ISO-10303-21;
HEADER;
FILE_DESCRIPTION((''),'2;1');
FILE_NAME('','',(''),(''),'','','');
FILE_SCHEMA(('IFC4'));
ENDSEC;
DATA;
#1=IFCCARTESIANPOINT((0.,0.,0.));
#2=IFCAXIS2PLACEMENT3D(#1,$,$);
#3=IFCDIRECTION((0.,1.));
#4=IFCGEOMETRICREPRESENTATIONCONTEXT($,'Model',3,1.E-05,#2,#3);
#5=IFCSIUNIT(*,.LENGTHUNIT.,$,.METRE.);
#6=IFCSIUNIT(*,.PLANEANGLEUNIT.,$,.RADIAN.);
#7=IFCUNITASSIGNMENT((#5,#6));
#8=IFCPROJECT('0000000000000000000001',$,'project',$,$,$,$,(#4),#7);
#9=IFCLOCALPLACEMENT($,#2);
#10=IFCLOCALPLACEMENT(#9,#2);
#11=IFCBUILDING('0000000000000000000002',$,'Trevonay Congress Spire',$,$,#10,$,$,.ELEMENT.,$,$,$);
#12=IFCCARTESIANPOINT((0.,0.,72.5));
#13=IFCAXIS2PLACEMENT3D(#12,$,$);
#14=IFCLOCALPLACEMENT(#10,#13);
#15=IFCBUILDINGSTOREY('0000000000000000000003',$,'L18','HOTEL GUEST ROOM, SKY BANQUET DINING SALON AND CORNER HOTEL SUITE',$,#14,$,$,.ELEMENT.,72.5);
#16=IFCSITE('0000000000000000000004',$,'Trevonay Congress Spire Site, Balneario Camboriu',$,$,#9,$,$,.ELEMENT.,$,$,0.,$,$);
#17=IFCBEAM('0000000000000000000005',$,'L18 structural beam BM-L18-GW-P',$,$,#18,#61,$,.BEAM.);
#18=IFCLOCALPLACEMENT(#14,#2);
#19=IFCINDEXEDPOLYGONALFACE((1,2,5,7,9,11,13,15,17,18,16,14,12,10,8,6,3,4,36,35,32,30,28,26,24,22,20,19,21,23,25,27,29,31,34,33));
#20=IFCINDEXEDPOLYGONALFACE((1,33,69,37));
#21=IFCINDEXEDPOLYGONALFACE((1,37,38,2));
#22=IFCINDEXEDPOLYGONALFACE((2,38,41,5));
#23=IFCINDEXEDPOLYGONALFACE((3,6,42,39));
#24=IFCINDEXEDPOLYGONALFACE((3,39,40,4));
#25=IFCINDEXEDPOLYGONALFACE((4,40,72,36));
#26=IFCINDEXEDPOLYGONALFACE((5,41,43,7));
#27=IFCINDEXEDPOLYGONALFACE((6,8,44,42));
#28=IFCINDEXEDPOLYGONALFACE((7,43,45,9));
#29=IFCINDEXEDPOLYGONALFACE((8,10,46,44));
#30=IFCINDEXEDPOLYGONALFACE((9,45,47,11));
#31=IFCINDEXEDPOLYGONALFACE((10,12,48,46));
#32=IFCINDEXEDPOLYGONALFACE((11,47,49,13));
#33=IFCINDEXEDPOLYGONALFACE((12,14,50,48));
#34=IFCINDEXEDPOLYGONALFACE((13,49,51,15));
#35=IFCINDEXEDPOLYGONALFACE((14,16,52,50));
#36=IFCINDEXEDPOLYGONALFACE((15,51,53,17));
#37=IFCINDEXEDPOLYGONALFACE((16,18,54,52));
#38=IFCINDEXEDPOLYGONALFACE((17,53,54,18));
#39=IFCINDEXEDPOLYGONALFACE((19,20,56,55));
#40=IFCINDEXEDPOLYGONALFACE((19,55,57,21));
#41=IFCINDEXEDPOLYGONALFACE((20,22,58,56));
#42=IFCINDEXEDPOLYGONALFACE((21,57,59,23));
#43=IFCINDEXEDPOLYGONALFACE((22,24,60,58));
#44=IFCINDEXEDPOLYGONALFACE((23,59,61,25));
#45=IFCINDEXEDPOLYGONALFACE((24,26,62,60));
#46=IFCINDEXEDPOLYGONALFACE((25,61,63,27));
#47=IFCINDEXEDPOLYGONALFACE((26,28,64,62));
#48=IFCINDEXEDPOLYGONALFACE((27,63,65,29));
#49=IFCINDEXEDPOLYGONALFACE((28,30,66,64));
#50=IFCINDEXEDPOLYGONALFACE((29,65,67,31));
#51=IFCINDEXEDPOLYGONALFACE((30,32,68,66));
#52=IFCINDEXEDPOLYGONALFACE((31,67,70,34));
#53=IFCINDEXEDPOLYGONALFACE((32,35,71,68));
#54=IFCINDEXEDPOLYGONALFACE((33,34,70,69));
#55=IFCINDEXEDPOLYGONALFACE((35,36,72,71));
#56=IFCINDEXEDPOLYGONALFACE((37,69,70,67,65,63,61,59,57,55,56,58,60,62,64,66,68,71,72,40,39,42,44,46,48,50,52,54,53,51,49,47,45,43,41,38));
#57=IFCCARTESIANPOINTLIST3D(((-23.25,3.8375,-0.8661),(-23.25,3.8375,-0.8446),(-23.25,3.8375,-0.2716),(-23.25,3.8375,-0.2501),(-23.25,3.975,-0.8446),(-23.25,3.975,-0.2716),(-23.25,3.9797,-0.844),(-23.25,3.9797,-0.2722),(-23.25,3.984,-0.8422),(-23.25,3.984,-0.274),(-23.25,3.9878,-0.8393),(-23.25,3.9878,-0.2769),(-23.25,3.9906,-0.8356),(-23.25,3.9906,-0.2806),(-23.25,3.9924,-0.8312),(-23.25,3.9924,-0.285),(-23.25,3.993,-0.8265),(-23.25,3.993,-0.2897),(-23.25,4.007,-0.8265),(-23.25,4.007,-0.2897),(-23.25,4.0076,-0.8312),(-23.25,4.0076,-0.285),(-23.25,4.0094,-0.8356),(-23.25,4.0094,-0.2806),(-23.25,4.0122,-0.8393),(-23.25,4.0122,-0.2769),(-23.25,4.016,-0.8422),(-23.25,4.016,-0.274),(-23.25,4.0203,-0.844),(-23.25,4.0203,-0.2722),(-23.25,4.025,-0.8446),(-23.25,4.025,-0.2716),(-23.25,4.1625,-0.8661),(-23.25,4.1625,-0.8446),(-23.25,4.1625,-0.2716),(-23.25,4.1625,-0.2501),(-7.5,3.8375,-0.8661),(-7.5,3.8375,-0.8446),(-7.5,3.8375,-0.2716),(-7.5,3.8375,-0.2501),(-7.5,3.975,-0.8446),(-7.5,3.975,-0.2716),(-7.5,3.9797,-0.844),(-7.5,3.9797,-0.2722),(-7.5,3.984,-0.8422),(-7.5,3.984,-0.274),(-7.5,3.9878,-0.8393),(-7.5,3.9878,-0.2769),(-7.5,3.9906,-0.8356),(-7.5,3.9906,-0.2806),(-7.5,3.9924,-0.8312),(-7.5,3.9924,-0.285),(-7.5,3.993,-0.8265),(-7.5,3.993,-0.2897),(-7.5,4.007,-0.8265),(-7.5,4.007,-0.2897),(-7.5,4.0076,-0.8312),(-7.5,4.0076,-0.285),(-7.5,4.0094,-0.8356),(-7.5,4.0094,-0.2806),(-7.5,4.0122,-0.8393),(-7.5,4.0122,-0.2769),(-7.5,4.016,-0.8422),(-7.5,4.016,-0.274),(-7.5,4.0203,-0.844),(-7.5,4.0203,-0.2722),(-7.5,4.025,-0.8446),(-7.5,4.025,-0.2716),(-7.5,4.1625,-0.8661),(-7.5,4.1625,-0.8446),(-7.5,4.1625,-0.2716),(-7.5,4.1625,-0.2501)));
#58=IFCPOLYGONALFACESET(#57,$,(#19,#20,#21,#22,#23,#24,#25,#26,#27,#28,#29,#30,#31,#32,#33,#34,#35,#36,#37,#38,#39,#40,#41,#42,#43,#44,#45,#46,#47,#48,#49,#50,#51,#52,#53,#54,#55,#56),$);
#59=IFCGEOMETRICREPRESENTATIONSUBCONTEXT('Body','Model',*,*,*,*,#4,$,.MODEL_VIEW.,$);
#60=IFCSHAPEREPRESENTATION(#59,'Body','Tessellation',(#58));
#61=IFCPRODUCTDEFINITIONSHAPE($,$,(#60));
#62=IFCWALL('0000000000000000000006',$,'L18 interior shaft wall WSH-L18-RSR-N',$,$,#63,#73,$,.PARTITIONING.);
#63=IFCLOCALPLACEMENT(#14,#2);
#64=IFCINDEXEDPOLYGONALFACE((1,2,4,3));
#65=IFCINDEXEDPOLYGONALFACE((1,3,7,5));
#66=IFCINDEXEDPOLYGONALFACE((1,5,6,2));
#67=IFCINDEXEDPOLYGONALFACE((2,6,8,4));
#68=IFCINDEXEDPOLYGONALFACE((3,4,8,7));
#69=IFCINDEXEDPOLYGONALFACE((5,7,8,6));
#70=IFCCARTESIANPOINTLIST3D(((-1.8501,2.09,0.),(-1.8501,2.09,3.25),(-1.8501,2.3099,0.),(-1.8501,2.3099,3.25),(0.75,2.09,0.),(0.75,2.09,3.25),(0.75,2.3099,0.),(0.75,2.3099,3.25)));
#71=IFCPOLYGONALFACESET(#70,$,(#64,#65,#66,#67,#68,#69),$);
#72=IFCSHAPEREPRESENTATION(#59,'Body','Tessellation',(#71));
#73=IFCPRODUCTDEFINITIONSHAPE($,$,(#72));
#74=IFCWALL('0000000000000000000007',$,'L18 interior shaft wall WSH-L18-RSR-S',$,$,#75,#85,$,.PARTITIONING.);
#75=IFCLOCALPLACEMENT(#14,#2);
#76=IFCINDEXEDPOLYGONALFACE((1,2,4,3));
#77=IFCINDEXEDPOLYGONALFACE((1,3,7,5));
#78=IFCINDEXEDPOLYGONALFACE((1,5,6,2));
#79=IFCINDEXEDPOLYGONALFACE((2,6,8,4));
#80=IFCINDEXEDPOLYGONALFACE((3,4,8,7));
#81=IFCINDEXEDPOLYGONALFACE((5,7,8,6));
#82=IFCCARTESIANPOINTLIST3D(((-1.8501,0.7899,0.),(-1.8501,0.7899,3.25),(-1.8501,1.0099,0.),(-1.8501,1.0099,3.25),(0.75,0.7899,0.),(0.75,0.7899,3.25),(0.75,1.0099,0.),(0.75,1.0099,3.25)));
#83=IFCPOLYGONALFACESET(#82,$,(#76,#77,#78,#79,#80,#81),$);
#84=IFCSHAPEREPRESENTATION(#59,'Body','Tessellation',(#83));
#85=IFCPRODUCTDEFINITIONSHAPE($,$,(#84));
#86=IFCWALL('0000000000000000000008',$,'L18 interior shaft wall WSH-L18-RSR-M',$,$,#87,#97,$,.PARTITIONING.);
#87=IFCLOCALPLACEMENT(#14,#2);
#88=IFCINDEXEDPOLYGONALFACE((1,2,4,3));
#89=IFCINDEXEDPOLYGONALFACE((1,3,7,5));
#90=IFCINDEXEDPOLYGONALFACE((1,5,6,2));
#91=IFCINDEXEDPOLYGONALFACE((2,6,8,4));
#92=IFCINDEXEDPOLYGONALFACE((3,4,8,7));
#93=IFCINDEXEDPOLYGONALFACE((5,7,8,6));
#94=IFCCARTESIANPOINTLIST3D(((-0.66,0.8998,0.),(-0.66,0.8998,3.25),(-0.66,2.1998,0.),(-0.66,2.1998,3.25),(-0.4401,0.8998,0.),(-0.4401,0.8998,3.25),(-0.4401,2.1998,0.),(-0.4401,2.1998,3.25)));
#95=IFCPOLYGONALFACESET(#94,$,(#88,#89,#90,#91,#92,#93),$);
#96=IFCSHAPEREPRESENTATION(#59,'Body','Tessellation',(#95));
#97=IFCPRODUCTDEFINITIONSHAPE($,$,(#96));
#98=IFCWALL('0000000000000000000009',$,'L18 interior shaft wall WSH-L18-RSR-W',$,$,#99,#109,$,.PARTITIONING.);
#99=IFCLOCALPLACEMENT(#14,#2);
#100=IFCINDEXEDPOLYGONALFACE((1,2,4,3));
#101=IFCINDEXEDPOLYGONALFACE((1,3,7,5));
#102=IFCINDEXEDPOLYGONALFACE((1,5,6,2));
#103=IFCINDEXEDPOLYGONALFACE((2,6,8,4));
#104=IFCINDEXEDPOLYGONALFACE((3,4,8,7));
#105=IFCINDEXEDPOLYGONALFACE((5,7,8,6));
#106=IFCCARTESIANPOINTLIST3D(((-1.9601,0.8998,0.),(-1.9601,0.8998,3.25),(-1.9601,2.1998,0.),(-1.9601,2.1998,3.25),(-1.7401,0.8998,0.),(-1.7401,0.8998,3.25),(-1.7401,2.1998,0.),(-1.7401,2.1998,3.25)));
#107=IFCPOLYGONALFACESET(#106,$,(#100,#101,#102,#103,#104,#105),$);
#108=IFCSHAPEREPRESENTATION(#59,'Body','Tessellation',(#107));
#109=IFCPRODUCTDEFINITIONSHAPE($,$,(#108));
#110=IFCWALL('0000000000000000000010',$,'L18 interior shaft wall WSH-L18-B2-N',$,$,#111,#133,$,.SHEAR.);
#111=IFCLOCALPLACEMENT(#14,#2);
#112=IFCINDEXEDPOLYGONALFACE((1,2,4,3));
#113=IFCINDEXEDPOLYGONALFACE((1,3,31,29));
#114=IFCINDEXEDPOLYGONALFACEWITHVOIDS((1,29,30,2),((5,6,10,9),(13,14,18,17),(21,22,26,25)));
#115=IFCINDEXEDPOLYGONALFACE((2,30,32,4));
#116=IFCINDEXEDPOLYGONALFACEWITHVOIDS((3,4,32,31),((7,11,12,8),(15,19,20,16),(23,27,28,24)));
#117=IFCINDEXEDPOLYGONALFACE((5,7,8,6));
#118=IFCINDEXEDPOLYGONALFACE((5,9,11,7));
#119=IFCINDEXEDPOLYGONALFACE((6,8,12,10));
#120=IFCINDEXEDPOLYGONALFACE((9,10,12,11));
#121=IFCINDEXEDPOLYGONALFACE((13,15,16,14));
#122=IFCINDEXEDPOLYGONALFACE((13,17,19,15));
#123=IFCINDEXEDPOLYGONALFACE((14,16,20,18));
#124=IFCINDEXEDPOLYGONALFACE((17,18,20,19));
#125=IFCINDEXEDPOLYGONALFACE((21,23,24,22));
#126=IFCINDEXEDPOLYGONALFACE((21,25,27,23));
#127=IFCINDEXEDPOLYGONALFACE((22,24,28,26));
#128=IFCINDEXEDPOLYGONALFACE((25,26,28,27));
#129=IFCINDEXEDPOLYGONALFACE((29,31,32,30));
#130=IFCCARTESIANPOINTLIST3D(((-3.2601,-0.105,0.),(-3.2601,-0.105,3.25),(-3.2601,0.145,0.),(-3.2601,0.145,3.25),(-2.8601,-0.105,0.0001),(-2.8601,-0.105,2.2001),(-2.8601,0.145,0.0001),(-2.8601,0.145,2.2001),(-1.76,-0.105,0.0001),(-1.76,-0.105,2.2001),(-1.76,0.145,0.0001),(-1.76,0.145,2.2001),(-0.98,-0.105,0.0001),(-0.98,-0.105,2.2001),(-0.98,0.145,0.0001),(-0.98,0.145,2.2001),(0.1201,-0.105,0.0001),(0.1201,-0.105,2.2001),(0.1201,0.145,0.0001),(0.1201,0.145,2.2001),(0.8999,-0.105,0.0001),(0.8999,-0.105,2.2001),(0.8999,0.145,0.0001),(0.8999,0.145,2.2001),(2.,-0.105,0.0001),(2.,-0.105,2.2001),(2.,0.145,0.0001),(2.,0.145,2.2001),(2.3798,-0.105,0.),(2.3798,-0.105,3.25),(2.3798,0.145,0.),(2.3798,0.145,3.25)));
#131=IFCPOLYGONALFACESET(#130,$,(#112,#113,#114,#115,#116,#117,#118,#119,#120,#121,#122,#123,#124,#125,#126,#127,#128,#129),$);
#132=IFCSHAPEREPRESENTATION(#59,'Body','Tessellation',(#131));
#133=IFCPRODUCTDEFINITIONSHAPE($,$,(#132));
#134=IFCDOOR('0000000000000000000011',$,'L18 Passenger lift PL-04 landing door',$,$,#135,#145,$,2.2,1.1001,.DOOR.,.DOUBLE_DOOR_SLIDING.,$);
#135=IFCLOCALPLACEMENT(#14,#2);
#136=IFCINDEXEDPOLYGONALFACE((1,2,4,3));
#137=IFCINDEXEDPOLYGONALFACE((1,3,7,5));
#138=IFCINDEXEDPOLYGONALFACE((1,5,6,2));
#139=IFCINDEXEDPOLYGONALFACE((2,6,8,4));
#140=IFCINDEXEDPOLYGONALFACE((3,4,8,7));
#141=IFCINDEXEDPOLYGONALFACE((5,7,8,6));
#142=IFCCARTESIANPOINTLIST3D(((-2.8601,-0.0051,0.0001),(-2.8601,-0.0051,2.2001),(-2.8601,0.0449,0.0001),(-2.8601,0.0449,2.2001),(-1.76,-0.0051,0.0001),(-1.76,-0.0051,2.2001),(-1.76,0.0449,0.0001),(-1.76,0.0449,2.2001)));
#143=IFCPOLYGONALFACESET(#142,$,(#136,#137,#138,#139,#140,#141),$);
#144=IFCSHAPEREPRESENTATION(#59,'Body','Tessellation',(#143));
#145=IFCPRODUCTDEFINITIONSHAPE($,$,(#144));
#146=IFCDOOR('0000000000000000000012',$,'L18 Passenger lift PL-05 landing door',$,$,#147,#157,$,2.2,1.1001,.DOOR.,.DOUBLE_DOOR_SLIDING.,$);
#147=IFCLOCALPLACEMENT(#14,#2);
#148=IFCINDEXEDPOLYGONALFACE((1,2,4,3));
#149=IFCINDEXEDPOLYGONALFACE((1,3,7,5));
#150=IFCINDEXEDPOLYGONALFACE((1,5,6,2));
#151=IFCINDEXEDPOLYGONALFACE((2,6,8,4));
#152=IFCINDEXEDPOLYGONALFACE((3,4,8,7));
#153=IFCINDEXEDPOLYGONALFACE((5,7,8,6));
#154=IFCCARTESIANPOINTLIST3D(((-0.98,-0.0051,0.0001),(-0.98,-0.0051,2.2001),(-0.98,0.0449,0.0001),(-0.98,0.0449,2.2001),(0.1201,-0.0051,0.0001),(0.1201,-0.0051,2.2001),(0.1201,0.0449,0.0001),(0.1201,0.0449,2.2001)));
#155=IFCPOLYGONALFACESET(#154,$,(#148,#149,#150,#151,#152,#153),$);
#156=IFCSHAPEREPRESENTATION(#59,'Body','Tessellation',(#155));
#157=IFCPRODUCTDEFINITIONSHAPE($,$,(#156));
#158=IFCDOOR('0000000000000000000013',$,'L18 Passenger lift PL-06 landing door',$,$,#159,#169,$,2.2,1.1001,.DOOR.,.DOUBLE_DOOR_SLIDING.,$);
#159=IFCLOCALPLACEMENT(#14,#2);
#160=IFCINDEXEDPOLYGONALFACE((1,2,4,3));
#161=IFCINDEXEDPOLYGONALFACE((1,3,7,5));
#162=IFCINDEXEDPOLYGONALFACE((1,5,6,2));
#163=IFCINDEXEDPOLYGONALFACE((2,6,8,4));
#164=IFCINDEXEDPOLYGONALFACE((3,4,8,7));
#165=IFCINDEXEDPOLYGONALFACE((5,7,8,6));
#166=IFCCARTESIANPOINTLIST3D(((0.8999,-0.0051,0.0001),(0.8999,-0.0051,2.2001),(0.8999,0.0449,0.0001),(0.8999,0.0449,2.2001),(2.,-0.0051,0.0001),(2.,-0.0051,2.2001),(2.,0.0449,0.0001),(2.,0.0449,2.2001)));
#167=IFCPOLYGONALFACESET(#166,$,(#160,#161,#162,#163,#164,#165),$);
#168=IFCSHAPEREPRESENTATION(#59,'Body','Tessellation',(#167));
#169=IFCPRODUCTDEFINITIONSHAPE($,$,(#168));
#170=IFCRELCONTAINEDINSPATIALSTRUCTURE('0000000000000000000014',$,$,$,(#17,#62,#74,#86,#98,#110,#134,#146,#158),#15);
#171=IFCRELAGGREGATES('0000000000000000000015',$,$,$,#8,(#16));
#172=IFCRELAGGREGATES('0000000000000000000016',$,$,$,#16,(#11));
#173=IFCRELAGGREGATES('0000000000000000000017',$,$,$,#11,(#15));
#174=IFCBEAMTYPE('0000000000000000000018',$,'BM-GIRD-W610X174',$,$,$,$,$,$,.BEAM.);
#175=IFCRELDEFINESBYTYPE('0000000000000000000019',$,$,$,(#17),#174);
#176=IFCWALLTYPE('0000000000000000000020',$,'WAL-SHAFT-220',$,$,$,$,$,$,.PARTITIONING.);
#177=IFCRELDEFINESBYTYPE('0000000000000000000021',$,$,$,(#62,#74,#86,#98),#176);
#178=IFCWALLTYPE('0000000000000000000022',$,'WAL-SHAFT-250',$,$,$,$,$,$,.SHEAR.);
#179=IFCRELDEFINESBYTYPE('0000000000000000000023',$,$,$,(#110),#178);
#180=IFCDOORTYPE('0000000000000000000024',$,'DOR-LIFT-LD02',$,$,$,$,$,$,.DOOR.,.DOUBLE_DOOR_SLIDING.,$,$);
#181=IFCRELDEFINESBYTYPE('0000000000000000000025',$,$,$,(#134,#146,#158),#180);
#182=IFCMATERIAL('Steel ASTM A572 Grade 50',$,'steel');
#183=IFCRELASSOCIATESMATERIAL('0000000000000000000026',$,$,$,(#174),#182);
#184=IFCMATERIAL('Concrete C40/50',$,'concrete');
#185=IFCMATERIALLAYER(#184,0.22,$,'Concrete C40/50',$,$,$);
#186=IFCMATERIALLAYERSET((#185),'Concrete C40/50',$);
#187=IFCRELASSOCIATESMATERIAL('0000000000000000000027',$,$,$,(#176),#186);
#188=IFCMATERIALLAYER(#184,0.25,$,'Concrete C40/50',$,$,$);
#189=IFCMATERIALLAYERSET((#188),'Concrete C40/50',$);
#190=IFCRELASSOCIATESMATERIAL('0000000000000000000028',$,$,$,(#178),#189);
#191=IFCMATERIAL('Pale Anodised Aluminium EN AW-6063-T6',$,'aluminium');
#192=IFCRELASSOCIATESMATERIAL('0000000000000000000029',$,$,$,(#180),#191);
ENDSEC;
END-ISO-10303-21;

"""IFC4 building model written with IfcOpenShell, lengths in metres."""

from ifc_helpers import new_model, si_unit, direction, frame, frame_2d, origin, origin_2d, place, context, subcontext, project, spatial, rectangle, i_section, extrude, material, layer, layer_set, material_profile, profile_set, type_object, element, fill, save


model = new_model("IFC4")

# Units and contexts
model_context = context("Model", 3, precision=1e-05, world=origin(), true_north=direction((0.0, 1.0)))
body_context = subcontext(model_context, "Body", "Model", "MODEL_VIEW")
ifc_project = project(units=[si_unit("LENGTHUNIT", "METRE"), si_unit("PLANEANGLEUNIT", "RADIAN")], contexts=[model_context])

# Site, building, storey
site_placement = place(None, origin())
site = spatial("IfcSite", under=ifc_project, at=site_placement, Name="Trevonay Congress Spire Site, Balneario Camboriu", CompositionType="ELEMENT", RefElevation=0.0)
building_placement = place(site_placement, origin())
building = spatial("IfcBuilding", under=site, at=building_placement, Name="Trevonay Congress Spire", CompositionType="ELEMENT")
storey_placement = place(building_placement, frame((0.0, 0.0, 72.5)))
storey = spatial("IfcBuildingStorey", under=building, at=storey_placement, Name="L18", Description="HOTEL GUEST ROOM, SKY BANQUET DINING SALON AND CORNER HOTEL SUITE", CompositionType="ELEMENT", Elevation=72.5)

# Beam
ifc_material_1 = material(Name="Steel ASTM A572 Grade 50", Category="steel")
ifc_material_profile = material_profile(ifc_material_1, i_section(OverallWidth=0.325, OverallDepth=0.616, WebThickness=0.0139, FlangeThickness=0.0215, FilletRadius=0.0181, at=origin_2d()), Name="W610x174")
ifc_profile_set = profile_set([ifc_material_profile], Name="Steel ASTM A572 Grade 50")
beam_type = type_object("IfcBeamType", Name="BM-GIRD-W610X174", PredefinedType="BEAM", material=ifc_profile_set)
beam_placement = place(storey_placement, frame((-7.5, 4.0, -0.5581), z_axis=(-1.0, 0.0, 0.0), x_axis=(0.0, -1.0, 0.0)))
element("IfcBeam", 1, at=beam_placement, inside=storey, type_object=beam_type, Name="L18 structural beam BM-L18-GW-P", PredefinedType="BEAM", context=body_context, shape_type="SweptSolid", body=[
    extrude(i_section(OverallWidth=0.325, OverallDepth=0.616, WebThickness=0.0139, FlangeThickness=0.0215, FilletRadius=0.0181, at=origin_2d()), origin(), (0.0, 0.0, 1.0), 15.75),
])

# Walls
ifc_material_2 = material(Name="Concrete C40/50", Category="concrete")
ifc_layer_1 = layer(ifc_material_2, 0.22, Name="Concrete C40/50")
ifc_layer_set_1 = layer_set([ifc_layer_1], Name="Concrete C40/50")
wall_type_1 = type_object("IfcWallType", Name="WAL-SHAFT-220", PredefinedType="PARTITIONING", material=ifc_layer_set_1)
for number, where, z_axis, x_axis, name in (
    (2, (-1.8501, 2.2, 0.0), (0.0, 0.0, 1.0), (1.0, 0.0, 0.0), "L18 interior shaft wall WSH-L18-RSR-N"),
    (3, (-1.8501, 0.8999, 0.0), (0.0, 0.0, 1.0), (1.0, 0.0, 0.0), "L18 interior shaft wall WSH-L18-RSR-S"),
):
    element("IfcWall", number, at=place(storey_placement, frame(where, z_axis=z_axis, x_axis=x_axis)), inside=storey, type_object=wall_type_1, Name=name, PredefinedType="PARTITIONING", context=body_context, shape_type="SweptSolid", body=[
        extrude(rectangle(XDim=2.6001, YDim=0.22, at=frame_2d((1.3, 0.0))), origin(), (0.0, 0.0, 1.0), 3.25),
    ])
for number, where, z_axis, x_axis, name in (
    (4, (-0.55, 0.8999, 0.0), (0.0, 0.0, 1.0), (0.0, 1.0, 0.0), "L18 interior shaft wall WSH-L18-RSR-M"),
    (5, (-1.8501, 0.8999, 0.0), (0.0, 0.0, 1.0), (0.0, 1.0, 0.0), "L18 interior shaft wall WSH-L18-RSR-W"),
):
    element("IfcWall", number, at=place(storey_placement, frame(where, z_axis=z_axis, x_axis=x_axis)), inside=storey, type_object=wall_type_1, Name=name, PredefinedType="PARTITIONING", context=body_context, shape_type="SweptSolid", body=[
        extrude(rectangle(XDim=1.3, YDim=0.22, at=frame_2d((0.6499, 0.0))), origin(), (0.0, 0.0, 1.0), 3.25),
    ])

# Wall, openings, doors
ifc_layer_2 = layer(ifc_material_2, 0.25, Name="Concrete C40/50")
ifc_layer_set_2 = layer_set([ifc_layer_2], Name="Concrete C40/50")
wall_type_2 = type_object("IfcWallType", Name="WAL-SHAFT-250", PredefinedType="SHEAR", material=ifc_layer_set_2)
wall_1_placement = place(storey_placement, frame((-3.26, 0.02, 0.0), z_axis=(0.0, 0.0, 1.0), x_axis=(1.0, 0.0, 0.0)))
wall_1 = element("IfcWall", 6, at=wall_1_placement, inside=storey, type_object=wall_type_2, Name="L18 interior shaft wall WSH-L18-B2-N", PredefinedType="SHEAR", context=body_context, shape_type="SweptSolid", body=[
    extrude(rectangle(XDim=5.6399, YDim=0.25, at=frame_2d((2.8198, 0.0))), origin(), (0.0, 0.0, 1.0), 3.25),
])
opening_1_placement = place(wall_1_placement, frame((0.3999, 0.0, 0.0)))
opening_1 = element("IfcOpeningElement", 7, at=opening_1_placement, cuts=wall_1, PredefinedType="OPENING", context=body_context, shape_type="SweptSolid", body=[
    extrude(rectangle(XDim=1.1001, YDim=2.2, at=frame_2d((0.55, 1.1001))), frame((0.0, 0.135, 0.0), z_axis=(0.0, -1.0, 0.0), x_axis=(1.0, 0.0, 0.0)), (0.0, 0.0, 1.0), 0.27),
])
opening_2_placement = place(wall_1_placement, frame((2.28, 0.0, 0.0)))
opening_2 = element("IfcOpeningElement", 8, at=opening_2_placement, cuts=wall_1, PredefinedType="OPENING", context=body_context, shape_type="SweptSolid", body=[
    extrude(rectangle(XDim=1.1001, YDim=2.2, at=frame_2d((0.55, 1.1001))), frame((0.0, 0.135, 0.0), z_axis=(0.0, -1.0, 0.0), x_axis=(1.0, 0.0, 0.0)), (0.0, 0.0, 1.0), 0.27),
])
opening_3_placement = place(wall_1_placement, frame((4.1599, 0.0, 0.0)))
opening_3 = element("IfcOpeningElement", 9, at=opening_3_placement, cuts=wall_1, PredefinedType="OPENING", context=body_context, shape_type="SweptSolid", body=[
    extrude(rectangle(XDim=1.1001, YDim=2.2, at=frame_2d((0.55, 1.1001))), frame((0.0, 0.135, 0.0), z_axis=(0.0, -1.0, 0.0), x_axis=(1.0, 0.0, 0.0)), (0.0, 0.0, 1.0), 0.27),
])
ifc_material_3 = material(Name="Pale Anodised Aluminium EN AW-6063-T6", Category="aluminium")
door_type_1 = type_object("IfcDoorType", Name="DOR-LIFT-LD02", OperationType="DOUBLE_DOOR_SLIDING", PredefinedType="DOOR", material=ifc_material_3)
door_1_placement = place(opening_1_placement, origin())
door_1 = element("IfcDoor", 10, at=door_1_placement, inside=storey, type_object=door_type_1, Name="L18 Passenger lift PL-04 landing door", OperationType="DOUBLE_DOOR_SLIDING", OverallHeight=2.2, OverallWidth=1.1001, PredefinedType="DOOR", context=body_context, shape_type="SweptSolid", body=[
    extrude(rectangle(XDim=1.1001, YDim=2.2, at=frame_2d((0.55, 1.1001))), frame((0.0, 0.0249, 0.0), z_axis=(0.0, -1.0, 0.0), x_axis=(1.0, 0.0, 0.0)), (0.0, 0.0, 1.0), 0.05),
])
fill(opening_1, door_1)
door_2_placement = place(opening_2_placement, origin())
door_2 = element("IfcDoor", 11, at=door_2_placement, inside=storey, type_object=door_type_1, Name="L18 Passenger lift PL-05 landing door", OperationType="DOUBLE_DOOR_SLIDING", OverallHeight=2.2, OverallWidth=1.1001, PredefinedType="DOOR", context=body_context, shape_type="SweptSolid", body=[
    extrude(rectangle(XDim=1.1001, YDim=2.2, at=frame_2d((0.55, 1.1001))), frame((0.0, 0.0249, 0.0), z_axis=(0.0, -1.0, 0.0), x_axis=(1.0, 0.0, 0.0)), (0.0, 0.0, 1.0), 0.05),
])
fill(opening_2, door_2)
door_3_placement = place(opening_3_placement, origin())
door_3 = element("IfcDoor", 12, at=door_3_placement, inside=storey, type_object=door_type_1, Name="L18 Passenger lift PL-06 landing door", OperationType="DOUBLE_DOOR_SLIDING", OverallHeight=2.2, OverallWidth=1.1001, PredefinedType="DOOR", context=body_context, shape_type="SweptSolid", body=[
    extrude(rectangle(XDim=1.1001, YDim=2.2, at=frame_2d((0.55, 1.1001))), frame((0.0, 0.0249, 0.0), z_axis=(0.0, -1.0, 0.0), x_axis=(1.0, 0.0, 0.0)), (0.0, 0.0, 1.0), 0.05),
])
fill(opening_3, door_3)

save(model, "model.ifc")
